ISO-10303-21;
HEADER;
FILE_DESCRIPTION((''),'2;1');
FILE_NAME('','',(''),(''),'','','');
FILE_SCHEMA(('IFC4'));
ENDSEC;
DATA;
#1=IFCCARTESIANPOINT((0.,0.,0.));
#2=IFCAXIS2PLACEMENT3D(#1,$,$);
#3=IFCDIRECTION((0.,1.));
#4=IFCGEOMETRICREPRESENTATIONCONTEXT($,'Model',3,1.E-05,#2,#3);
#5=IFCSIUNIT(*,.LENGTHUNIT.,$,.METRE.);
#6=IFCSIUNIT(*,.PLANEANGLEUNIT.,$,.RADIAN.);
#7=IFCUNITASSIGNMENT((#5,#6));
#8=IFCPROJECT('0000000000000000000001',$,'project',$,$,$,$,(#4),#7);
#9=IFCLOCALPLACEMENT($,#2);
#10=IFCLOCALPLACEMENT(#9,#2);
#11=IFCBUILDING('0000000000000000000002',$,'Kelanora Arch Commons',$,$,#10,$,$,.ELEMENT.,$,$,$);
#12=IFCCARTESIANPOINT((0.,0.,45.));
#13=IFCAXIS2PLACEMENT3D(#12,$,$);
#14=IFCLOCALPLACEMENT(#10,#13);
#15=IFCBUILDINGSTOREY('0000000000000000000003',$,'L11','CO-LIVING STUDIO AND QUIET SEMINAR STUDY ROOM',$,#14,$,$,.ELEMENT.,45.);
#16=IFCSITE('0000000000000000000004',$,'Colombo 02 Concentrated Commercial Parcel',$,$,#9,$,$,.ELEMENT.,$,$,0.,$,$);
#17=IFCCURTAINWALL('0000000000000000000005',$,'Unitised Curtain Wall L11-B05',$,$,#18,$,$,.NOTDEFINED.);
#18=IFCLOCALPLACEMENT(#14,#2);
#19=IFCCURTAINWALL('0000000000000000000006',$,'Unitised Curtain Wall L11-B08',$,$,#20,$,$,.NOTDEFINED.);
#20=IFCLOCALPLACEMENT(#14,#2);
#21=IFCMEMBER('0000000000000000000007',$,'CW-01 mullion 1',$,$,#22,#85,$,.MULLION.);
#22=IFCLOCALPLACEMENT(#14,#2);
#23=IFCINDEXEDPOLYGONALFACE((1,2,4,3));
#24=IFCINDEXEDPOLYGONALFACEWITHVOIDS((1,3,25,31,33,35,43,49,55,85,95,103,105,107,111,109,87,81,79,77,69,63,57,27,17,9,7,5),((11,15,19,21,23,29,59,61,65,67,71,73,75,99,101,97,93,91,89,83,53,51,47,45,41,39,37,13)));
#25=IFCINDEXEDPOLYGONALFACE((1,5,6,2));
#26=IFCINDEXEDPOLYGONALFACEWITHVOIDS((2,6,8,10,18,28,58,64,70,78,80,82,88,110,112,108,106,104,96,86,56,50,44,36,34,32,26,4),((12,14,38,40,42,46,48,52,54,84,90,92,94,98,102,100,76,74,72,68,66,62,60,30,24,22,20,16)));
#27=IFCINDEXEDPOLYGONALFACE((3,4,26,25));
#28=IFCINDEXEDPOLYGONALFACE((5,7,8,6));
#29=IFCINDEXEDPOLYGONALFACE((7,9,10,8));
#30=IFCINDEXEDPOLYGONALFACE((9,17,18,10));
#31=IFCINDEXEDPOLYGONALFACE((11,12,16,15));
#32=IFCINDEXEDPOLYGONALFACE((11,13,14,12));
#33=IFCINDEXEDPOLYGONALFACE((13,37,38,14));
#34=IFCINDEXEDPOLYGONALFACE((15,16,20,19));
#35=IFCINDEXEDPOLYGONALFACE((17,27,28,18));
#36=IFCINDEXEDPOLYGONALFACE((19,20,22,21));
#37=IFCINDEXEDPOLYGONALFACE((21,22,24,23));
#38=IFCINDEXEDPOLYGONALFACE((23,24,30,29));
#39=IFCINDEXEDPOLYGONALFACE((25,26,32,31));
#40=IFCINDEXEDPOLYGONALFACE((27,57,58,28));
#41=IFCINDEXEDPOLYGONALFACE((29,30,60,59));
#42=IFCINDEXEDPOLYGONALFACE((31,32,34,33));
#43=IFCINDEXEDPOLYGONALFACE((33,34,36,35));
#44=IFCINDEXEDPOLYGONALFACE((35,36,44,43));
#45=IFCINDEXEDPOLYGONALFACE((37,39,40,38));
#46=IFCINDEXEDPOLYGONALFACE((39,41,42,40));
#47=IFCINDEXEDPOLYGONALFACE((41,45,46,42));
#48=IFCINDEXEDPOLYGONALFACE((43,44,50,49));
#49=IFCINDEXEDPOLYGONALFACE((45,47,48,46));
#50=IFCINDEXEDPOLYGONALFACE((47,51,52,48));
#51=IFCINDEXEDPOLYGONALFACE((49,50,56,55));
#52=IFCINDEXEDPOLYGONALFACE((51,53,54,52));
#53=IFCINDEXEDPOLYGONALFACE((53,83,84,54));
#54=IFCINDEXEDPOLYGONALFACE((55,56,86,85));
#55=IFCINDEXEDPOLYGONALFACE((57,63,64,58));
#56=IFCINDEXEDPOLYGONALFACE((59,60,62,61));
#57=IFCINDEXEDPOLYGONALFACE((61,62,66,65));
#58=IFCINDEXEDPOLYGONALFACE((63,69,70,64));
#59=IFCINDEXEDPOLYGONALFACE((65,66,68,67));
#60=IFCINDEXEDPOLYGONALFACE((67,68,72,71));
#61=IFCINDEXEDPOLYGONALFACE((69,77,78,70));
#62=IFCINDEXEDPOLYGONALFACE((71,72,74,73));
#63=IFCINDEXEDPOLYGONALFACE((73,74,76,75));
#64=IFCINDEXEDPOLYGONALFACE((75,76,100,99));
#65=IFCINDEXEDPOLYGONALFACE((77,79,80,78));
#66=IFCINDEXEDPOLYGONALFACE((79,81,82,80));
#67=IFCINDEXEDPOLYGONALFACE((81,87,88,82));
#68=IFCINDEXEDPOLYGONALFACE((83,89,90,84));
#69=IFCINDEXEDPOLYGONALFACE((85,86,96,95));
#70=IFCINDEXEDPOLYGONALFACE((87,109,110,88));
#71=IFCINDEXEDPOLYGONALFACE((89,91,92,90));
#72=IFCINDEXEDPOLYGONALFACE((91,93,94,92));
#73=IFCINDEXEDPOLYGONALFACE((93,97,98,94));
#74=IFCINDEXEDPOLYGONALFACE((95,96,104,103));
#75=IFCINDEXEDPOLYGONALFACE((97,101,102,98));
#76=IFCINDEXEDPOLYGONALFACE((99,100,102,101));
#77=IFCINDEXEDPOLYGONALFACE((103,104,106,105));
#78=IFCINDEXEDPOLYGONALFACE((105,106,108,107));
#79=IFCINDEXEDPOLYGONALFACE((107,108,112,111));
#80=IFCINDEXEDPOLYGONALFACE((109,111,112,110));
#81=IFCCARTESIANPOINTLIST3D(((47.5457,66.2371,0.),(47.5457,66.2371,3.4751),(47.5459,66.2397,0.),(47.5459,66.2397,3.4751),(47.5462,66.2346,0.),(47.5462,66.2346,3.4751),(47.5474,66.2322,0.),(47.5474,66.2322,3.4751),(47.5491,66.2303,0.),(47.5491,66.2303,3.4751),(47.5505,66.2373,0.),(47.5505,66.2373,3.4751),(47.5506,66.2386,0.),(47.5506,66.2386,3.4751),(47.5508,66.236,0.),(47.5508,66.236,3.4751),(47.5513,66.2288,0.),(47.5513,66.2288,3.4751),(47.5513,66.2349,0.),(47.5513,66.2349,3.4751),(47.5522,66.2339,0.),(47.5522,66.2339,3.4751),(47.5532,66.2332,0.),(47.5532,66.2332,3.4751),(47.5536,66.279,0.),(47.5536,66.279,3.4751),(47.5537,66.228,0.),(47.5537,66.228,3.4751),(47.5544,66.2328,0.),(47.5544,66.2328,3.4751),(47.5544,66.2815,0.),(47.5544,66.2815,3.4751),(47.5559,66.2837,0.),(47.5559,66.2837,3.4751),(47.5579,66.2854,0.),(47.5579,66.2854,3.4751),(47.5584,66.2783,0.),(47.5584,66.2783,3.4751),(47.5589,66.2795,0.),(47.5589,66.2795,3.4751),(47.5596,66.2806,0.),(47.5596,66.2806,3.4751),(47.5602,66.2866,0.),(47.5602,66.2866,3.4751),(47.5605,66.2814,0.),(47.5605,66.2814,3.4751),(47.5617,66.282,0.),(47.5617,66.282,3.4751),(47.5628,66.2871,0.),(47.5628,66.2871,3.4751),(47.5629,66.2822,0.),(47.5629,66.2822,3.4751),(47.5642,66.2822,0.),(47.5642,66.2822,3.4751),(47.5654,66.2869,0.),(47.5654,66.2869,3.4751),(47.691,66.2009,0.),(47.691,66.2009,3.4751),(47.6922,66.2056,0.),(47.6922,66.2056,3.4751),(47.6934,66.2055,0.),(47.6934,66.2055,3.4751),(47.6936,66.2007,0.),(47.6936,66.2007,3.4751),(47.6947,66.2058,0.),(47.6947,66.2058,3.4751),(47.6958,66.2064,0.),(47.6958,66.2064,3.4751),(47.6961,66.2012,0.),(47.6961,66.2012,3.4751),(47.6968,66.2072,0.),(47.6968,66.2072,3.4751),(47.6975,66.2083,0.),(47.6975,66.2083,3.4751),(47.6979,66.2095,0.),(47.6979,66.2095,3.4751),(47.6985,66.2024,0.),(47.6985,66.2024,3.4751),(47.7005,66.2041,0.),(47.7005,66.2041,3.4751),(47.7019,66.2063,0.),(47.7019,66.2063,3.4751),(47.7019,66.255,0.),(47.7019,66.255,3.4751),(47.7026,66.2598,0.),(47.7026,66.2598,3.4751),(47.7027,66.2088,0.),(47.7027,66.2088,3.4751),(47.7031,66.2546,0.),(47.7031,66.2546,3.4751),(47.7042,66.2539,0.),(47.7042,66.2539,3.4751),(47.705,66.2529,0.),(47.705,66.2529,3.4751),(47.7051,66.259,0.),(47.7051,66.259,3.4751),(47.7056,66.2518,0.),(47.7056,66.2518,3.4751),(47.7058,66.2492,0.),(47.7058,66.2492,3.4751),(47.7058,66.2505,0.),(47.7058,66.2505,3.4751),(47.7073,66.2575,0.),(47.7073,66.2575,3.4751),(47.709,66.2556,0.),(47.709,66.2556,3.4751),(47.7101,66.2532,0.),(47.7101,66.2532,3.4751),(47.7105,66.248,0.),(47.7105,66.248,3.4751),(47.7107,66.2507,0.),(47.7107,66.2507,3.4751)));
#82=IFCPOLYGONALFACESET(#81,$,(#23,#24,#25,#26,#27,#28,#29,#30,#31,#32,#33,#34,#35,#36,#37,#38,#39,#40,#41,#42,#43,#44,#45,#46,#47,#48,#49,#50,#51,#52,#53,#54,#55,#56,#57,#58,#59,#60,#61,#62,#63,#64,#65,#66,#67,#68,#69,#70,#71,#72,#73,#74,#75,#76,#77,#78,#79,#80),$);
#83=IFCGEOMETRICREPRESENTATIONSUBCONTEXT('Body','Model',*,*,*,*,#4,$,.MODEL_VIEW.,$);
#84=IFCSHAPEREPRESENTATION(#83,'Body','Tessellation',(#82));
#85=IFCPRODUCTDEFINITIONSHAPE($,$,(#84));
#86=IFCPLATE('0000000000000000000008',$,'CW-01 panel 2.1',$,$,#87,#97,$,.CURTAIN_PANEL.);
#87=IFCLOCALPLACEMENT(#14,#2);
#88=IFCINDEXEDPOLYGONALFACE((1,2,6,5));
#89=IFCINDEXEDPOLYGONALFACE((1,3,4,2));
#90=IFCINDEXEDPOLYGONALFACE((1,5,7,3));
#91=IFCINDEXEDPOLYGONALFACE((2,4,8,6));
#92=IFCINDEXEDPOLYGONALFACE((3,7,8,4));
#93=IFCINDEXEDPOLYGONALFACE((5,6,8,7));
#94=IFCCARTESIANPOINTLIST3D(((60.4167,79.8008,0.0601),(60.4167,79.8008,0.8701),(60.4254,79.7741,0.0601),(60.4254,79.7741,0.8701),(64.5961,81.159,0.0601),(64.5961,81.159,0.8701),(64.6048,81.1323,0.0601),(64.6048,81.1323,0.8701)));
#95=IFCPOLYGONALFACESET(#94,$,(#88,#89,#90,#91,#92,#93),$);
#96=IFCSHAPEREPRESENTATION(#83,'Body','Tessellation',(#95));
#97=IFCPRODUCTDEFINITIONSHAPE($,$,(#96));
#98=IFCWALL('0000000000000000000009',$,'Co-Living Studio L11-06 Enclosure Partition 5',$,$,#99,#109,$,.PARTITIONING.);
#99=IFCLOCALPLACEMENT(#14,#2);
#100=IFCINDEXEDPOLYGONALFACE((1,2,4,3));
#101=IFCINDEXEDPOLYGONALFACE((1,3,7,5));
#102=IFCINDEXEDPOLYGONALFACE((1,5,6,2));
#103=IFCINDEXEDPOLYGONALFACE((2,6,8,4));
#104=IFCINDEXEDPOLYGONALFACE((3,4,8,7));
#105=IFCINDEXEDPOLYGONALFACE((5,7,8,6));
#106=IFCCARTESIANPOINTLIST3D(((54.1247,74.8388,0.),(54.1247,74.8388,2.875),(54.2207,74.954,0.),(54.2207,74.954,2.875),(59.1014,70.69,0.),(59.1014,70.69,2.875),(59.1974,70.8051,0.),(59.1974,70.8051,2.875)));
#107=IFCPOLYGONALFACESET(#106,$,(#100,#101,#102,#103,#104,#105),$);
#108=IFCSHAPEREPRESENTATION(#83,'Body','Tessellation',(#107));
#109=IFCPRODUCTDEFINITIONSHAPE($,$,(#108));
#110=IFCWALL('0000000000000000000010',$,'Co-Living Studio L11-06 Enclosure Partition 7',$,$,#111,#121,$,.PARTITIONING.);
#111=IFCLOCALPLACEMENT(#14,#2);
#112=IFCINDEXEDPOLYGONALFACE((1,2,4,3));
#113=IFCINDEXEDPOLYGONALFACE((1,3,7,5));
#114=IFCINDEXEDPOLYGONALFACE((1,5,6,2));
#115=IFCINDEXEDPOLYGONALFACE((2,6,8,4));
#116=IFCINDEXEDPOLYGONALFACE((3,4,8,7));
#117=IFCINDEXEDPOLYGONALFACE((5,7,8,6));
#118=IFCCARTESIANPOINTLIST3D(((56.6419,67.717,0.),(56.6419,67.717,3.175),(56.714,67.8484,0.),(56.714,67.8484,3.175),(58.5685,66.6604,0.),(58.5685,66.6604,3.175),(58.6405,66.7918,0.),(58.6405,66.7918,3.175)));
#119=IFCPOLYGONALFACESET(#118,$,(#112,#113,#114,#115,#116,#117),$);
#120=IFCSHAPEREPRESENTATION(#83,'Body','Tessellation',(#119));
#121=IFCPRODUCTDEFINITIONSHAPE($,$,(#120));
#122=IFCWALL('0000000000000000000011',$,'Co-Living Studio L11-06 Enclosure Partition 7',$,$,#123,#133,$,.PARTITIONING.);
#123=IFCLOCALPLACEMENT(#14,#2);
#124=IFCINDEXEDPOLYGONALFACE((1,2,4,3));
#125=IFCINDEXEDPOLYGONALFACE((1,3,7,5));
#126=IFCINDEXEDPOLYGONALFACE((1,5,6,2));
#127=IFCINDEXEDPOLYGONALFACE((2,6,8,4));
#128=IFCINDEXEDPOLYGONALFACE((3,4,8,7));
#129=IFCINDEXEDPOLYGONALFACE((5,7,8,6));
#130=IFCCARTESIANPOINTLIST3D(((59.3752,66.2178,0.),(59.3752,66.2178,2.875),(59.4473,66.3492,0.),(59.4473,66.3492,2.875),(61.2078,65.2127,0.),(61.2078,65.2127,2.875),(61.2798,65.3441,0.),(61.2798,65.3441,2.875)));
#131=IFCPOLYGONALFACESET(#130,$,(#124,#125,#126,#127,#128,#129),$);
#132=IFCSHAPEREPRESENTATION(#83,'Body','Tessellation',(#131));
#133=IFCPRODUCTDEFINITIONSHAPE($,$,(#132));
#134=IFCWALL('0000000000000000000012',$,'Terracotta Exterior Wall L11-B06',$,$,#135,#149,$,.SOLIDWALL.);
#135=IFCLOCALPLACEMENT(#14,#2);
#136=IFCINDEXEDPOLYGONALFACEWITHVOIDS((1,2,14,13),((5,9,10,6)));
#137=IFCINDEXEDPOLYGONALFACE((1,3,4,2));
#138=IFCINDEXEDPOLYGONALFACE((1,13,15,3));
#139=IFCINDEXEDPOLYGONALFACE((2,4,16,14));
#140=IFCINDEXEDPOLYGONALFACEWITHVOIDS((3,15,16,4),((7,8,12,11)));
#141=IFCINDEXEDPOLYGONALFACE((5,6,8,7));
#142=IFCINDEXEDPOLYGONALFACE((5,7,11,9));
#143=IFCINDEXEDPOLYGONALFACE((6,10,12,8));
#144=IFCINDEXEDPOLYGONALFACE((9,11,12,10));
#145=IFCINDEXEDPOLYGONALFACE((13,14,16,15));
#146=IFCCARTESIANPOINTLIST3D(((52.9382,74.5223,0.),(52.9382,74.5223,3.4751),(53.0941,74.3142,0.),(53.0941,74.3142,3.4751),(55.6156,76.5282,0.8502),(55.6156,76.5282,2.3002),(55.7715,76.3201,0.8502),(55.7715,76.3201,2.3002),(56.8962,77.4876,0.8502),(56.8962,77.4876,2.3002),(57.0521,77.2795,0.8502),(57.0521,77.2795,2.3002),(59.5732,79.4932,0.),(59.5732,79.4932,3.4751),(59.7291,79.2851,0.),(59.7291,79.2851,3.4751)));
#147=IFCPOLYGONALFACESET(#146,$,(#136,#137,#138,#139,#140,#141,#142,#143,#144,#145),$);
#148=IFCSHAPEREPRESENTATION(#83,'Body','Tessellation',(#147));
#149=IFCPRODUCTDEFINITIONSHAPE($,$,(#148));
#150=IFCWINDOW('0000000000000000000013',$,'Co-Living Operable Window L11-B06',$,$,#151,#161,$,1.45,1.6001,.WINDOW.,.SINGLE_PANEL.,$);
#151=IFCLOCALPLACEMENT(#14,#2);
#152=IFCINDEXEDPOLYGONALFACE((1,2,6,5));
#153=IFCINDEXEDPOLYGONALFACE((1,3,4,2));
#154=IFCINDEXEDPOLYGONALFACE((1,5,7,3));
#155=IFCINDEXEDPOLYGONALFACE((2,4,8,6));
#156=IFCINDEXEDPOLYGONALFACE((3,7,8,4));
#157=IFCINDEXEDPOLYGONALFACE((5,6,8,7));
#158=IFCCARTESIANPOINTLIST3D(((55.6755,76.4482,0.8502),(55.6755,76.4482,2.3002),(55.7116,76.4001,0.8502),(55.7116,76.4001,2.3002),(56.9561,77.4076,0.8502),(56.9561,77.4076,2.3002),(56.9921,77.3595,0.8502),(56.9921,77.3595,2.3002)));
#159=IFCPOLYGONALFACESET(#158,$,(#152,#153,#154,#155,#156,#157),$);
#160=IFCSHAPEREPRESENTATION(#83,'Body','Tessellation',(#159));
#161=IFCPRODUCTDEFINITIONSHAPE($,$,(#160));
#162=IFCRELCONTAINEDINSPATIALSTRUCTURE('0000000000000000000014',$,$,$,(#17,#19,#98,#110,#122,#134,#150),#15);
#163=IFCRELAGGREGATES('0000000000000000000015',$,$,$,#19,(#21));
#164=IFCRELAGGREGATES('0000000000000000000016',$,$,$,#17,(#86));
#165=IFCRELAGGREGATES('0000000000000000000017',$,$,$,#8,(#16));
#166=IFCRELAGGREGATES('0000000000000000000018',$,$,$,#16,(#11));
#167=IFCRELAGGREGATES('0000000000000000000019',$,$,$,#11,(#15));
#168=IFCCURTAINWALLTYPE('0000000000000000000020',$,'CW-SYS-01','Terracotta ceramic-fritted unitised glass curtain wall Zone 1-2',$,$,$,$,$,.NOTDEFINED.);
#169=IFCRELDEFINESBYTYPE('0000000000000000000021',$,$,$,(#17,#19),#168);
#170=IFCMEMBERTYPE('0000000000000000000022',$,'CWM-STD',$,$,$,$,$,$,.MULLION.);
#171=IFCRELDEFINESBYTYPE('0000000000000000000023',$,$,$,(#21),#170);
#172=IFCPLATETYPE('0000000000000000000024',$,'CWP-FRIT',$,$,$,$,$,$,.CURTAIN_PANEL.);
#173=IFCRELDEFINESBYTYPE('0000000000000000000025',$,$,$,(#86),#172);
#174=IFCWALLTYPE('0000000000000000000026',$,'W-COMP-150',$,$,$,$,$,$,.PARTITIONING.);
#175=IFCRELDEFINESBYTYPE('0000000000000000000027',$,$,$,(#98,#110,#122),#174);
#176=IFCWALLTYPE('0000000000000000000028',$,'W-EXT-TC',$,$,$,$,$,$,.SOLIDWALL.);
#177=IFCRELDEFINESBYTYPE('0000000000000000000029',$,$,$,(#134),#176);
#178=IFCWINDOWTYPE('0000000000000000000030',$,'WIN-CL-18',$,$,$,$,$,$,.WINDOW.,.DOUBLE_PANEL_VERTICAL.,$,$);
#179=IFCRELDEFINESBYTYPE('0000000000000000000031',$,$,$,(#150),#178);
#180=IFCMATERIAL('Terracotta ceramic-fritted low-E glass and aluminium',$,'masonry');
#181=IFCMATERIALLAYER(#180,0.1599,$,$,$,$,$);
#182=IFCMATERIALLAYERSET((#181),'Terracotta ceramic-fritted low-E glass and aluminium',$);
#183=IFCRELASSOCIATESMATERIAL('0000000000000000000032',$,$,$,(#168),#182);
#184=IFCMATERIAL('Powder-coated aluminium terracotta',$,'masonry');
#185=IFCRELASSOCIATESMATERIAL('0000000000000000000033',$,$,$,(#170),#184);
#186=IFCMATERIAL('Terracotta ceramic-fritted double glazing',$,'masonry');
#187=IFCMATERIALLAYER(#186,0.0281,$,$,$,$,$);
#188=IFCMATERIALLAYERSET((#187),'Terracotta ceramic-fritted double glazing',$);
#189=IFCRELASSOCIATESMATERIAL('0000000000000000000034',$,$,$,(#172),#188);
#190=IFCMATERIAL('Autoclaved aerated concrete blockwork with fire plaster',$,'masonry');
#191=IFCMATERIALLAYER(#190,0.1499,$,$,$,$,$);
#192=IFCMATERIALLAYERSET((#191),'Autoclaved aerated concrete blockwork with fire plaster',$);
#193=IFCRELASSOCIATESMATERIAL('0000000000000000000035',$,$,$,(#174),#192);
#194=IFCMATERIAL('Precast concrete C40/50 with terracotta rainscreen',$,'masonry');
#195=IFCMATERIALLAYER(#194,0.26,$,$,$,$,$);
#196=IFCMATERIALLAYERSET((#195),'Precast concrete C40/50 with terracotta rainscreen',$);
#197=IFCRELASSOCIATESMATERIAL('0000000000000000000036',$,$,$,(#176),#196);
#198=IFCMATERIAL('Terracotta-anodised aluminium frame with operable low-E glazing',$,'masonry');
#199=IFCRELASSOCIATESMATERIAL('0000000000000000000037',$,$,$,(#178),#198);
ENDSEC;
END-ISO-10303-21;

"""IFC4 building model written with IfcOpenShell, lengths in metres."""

from ifc_helpers import new_model, si_unit, direction, frame, frame_2d, origin, origin_2d, place, context, subcontext, project, spatial, rectangle, hollow_rectangle, extrude, source, transform, mapped, material, layer, layer_set, material_profile, profile_set, type_object, element, fill, aggregate, save


model = new_model("IFC4")

# Units and contexts
model_context = context("Model", 3, precision=1e-05, world=origin(), true_north=direction((0.0, 1.0)))
body_context = subcontext(model_context, "Body", "Model", "MODEL_VIEW")
ifc_project = project(units=[si_unit("LENGTHUNIT", "METRE"), si_unit("PLANEANGLEUNIT", "RADIAN")], contexts=[model_context])

# Site, building, storey
site_placement = place(None, origin())
site = spatial("IfcSite", under=ifc_project, at=site_placement, Name="Colombo 02 Concentrated Commercial Parcel", CompositionType="ELEMENT", RefElevation=0.0)
building_placement = place(site_placement, origin())
building = spatial("IfcBuilding", under=site, at=building_placement, Name="Kelanora Arch Commons", CompositionType="ELEMENT")
storey_placement = place(building_placement, frame((0.0, 0.0, 45.0)))
storey = spatial("IfcBuildingStorey", under=building, at=storey_placement, Name="L11", Description="CO-LIVING STUDIO AND QUIET SEMINAR STUDY ROOM", CompositionType="ELEMENT", Elevation=45.0)

# Curtain walls, member
ifc_material_1 = material(Name="Terracotta ceramic-fritted low-E glass and aluminium", Category="masonry")
ifc_layer_1 = layer(ifc_material_1, 0.1599)
ifc_layer_set_1 = layer_set([ifc_layer_1], Name="Terracotta ceramic-fritted low-E glass and aluminium")
curtain_wall_type = type_object("IfcCurtainWallType", Name="CW-SYS-01", Description="Terracotta ceramic-fritted unitised glass curtain wall Zone 1-2", PredefinedType="NOTDEFINED", material=ifc_layer_set_1)
curtain_wall_1_placement = place(storey_placement, origin())
curtain_wall_1 = element("IfcCurtainWall", 1, at=curtain_wall_1_placement, inside=storey, type_object=curtain_wall_type, Name="Unitised Curtain Wall L11-B05", PredefinedType="NOTDEFINED")
ifc_material_2 = material(Name="Powder-coated aluminium terracotta", Category="masonry")
ifc_material_profile_1 = material_profile(ifc_material_2, hollow_rectangle(XDim=0.1599, YDim=0.0601, WallThickness=0.0049, InnerFilletRadius=0.0049, OuterFilletRadius=0.01, at=origin_2d()), Name="CWM160x60")
ifc_profile_set_1 = profile_set([ifc_material_profile_1], Name="Powder-coated aluminium terracotta")
member_type = type_object("IfcMemberType", Name="CWM-STD", PredefinedType="MULLION", material=ifc_profile_set_1)
curtain_wall_2_placement = place(storey_placement, origin())
curtain_wall_2 = element("IfcCurtainWall", 2, at=curtain_wall_2_placement, inside=storey, type_object=curtain_wall_type, Name="Unitised Curtain Wall L11-B08", PredefinedType="NOTDEFINED")
member_1_placement = place(storey_placement, frame((47.6282, 66.2439, 0.0), z_axis=(0.0, 0.0, 1.0), x_axis=(0.981052, -0.193744, 0.0)))
member_1 = element("IfcMember", 3, at=member_1_placement, type_object=member_type, Name="CW-01 mullion 1", PredefinedType="MULLION", context=body_context, shape_type="SweptSolid", body=[
    extrude(hollow_rectangle(XDim=0.1599, YDim=0.0601, WallThickness=0.0049, InnerFilletRadius=0.0049, OuterFilletRadius=0.01, at=origin_2d()), origin(), (0.0, 0.0, 1.0), 3.4751),
])
aggregate(curtain_wall_2, [member_1])

# Plate
ifc_material_3 = material(Name="Terracotta ceramic-fritted double glazing", Category="masonry")
ifc_layer_2 = layer(ifc_material_3, 0.0281)
ifc_layer_set_2 = layer_set([ifc_layer_2], Name="Terracotta ceramic-fritted double glazing")
plate_type = type_object("IfcPlateType", Name="CWP-FRIT", PredefinedType="CURTAIN_PANEL", material=ifc_layer_set_2)
shared_shape_1 = source(origin(), body_context, "Body", "SweptSolid", [
    extrude(rectangle(XDim=4.3945, YDim=0.0281, at=origin_2d()), origin(), (0.0, 0.0, 1.0), 0.8101),
])
plate_placement = place(storey_placement, frame((62.5107, 80.4666, 0.0601), z_axis=(0.0, 0.0, 1.0), x_axis=(-0.951043, -0.309058, 0.0)))
plate = element("IfcPlate", 4, at=plate_placement, type_object=plate_type, Name="CW-01 panel 2.1", PredefinedType="CURTAIN_PANEL", context=body_context, shape_type="MappedRepresentation", body=[
    mapped(shared_shape_1, transform((0.0, 0.0, 0.0), scale=1.0)),
])
aggregate(curtain_wall_1, [plate])

# Walls
ifc_material_4 = material(Name="Autoclaved aerated concrete blockwork with fire plaster", Category="masonry")
ifc_layer_3 = layer(ifc_material_4, 0.1499)
ifc_layer_set_3 = layer_set([ifc_layer_3], Name="Autoclaved aerated concrete blockwork with fire plaster")
wall_type_1 = type_object("IfcWallType", Name="W-COMP-150", PredefinedType="PARTITIONING", material=ifc_layer_set_3)
wall_1_placement = place(storey_placement, frame((54.1726, 74.8965, 0.0), z_axis=(0.0, 0.0, 1.0), x_axis=(0.768101, -0.640329, 0.0)))
element("IfcWall", 5, at=wall_1_placement, inside=storey, type_object=wall_type_1, Name="Co-Living Studio L11-06 Enclosure Partition 5", PredefinedType="PARTITIONING", context=body_context, shape_type="SweptSolid", body=[
    extrude(rectangle(XDim=6.4792, YDim=0.1499, at=frame_2d((3.2397, 0.0))), origin(), (0.0, 0.0, 1.0), 2.875),
])
wall_2_placement = place(storey_placement, frame((56.678, 67.7827, 0.0), z_axis=(0.0, 0.0, 1.0), x_axis=(0.876781, -0.48089, 0.0)))
element("IfcWall", 6, at=wall_2_placement, inside=storey, type_object=wall_type_1, Name="Co-Living Studio L11-06 Enclosure Partition 7", PredefinedType="PARTITIONING", context=body_context, shape_type="SweptSolid", body=[
    extrude(rectangle(XDim=2.1973, YDim=0.1499, at=frame_2d((1.0986, 0.0))), origin(), (0.0, 0.0, 1.0), 3.175),
])
wall_3_placement = place(storey_placement, frame((59.4114, 66.2834, 0.0), z_axis=(0.0, 0.0, 1.0), x_axis=(0.876773, -0.480905, 0.0)))
element("IfcWall", 7, at=wall_3_placement, inside=storey, type_object=wall_type_1, Name="Co-Living Studio L11-06 Enclosure Partition 7", PredefinedType="PARTITIONING", context=body_context, shape_type="SweptSolid", body=[
    extrude(rectangle(XDim=2.0901, YDim=0.1499, at=frame_2d((1.0449, 0.0))), origin(), (0.0, 0.0, 1.0), 2.875),
])

# Wall, opening, window
ifc_material_5 = material(Name="Precast concrete C40/50 with terracotta rainscreen", Category="masonry")
ifc_layer_4 = layer(ifc_material_5, 0.26)
ifc_layer_set_4 = layer_set([ifc_layer_4], Name="Precast concrete C40/50 with terracotta rainscreen")
wall_type_2 = type_object("IfcWallType", Name="W-EXT-TC", PredefinedType="SOLIDWALL", material=ifc_layer_set_4)
wall_4_placement = place(storey_placement, frame((59.6511, 79.3892, 0.0), z_axis=(0.0, 0.0, 1.0), x_axis=(-0.800307, -0.59959, 0.0)))
wall_4 = element("IfcWall", 8, at=wall_4_placement, inside=storey, type_object=wall_type_2, Name="Terracotta Exterior Wall L11-B06", PredefinedType="SOLIDWALL", context=body_context, shape_type="SweptSolid", body=[
    extrude(rectangle(XDim=8.2905, YDim=0.26, at=frame_2d((4.1453, 0.0))), origin(), (0.0, 0.0, 1.0), 3.4751),
])
opening_1_placement = place(wall_4_placement, frame((3.345, 0.0, 0.8501)))
opening_1 = element("IfcOpeningElement", 9, at=opening_1_placement, cuts=wall_4, PredefinedType="OPENING", context=body_context, shape_type="SweptSolid", body=[
    extrude(rectangle(XDim=1.6001, YDim=1.45, at=frame_2d((0.8, 0.7251))), frame((0.0, 0.1401, 0.0), z_axis=(0.0, -1.0, 0.0), x_axis=(1.0, 0.0, 0.0)), (0.0, 0.0, 1.0), 0.28),
])
ifc_material_6 = material(Name="Terracotta-anodised aluminium frame with operable low-E glazing", Category="masonry")
window_type_1 = type_object("IfcWindowType", Name="WIN-CL-18", PartitioningType="DOUBLE_PANEL_VERTICAL", PredefinedType="WINDOW", material=ifc_material_6)
window_1_placement = place(opening_1_placement, origin())
window_1 = element("IfcWindow", 10, at=window_1_placement, inside=storey, type_object=window_type_1, Name="Co-Living Operable Window L11-B06", OverallHeight=1.45, OverallWidth=1.6001, PartitioningType="SINGLE_PANEL", PredefinedType="WINDOW", context=body_context, shape_type="SweptSolid", body=[
    extrude(rectangle(XDim=1.6001, YDim=1.45, at=frame_2d((0.8, 0.7251))), frame((0.0, 0.03, 0.0), z_axis=(0.0, -1.0, 0.0), x_axis=(1.0, 0.0, 0.0)), (0.0, 0.0, 1.0), 0.0601),
])
fill(opening_1, window_1)

save(model, "model.ifc")
